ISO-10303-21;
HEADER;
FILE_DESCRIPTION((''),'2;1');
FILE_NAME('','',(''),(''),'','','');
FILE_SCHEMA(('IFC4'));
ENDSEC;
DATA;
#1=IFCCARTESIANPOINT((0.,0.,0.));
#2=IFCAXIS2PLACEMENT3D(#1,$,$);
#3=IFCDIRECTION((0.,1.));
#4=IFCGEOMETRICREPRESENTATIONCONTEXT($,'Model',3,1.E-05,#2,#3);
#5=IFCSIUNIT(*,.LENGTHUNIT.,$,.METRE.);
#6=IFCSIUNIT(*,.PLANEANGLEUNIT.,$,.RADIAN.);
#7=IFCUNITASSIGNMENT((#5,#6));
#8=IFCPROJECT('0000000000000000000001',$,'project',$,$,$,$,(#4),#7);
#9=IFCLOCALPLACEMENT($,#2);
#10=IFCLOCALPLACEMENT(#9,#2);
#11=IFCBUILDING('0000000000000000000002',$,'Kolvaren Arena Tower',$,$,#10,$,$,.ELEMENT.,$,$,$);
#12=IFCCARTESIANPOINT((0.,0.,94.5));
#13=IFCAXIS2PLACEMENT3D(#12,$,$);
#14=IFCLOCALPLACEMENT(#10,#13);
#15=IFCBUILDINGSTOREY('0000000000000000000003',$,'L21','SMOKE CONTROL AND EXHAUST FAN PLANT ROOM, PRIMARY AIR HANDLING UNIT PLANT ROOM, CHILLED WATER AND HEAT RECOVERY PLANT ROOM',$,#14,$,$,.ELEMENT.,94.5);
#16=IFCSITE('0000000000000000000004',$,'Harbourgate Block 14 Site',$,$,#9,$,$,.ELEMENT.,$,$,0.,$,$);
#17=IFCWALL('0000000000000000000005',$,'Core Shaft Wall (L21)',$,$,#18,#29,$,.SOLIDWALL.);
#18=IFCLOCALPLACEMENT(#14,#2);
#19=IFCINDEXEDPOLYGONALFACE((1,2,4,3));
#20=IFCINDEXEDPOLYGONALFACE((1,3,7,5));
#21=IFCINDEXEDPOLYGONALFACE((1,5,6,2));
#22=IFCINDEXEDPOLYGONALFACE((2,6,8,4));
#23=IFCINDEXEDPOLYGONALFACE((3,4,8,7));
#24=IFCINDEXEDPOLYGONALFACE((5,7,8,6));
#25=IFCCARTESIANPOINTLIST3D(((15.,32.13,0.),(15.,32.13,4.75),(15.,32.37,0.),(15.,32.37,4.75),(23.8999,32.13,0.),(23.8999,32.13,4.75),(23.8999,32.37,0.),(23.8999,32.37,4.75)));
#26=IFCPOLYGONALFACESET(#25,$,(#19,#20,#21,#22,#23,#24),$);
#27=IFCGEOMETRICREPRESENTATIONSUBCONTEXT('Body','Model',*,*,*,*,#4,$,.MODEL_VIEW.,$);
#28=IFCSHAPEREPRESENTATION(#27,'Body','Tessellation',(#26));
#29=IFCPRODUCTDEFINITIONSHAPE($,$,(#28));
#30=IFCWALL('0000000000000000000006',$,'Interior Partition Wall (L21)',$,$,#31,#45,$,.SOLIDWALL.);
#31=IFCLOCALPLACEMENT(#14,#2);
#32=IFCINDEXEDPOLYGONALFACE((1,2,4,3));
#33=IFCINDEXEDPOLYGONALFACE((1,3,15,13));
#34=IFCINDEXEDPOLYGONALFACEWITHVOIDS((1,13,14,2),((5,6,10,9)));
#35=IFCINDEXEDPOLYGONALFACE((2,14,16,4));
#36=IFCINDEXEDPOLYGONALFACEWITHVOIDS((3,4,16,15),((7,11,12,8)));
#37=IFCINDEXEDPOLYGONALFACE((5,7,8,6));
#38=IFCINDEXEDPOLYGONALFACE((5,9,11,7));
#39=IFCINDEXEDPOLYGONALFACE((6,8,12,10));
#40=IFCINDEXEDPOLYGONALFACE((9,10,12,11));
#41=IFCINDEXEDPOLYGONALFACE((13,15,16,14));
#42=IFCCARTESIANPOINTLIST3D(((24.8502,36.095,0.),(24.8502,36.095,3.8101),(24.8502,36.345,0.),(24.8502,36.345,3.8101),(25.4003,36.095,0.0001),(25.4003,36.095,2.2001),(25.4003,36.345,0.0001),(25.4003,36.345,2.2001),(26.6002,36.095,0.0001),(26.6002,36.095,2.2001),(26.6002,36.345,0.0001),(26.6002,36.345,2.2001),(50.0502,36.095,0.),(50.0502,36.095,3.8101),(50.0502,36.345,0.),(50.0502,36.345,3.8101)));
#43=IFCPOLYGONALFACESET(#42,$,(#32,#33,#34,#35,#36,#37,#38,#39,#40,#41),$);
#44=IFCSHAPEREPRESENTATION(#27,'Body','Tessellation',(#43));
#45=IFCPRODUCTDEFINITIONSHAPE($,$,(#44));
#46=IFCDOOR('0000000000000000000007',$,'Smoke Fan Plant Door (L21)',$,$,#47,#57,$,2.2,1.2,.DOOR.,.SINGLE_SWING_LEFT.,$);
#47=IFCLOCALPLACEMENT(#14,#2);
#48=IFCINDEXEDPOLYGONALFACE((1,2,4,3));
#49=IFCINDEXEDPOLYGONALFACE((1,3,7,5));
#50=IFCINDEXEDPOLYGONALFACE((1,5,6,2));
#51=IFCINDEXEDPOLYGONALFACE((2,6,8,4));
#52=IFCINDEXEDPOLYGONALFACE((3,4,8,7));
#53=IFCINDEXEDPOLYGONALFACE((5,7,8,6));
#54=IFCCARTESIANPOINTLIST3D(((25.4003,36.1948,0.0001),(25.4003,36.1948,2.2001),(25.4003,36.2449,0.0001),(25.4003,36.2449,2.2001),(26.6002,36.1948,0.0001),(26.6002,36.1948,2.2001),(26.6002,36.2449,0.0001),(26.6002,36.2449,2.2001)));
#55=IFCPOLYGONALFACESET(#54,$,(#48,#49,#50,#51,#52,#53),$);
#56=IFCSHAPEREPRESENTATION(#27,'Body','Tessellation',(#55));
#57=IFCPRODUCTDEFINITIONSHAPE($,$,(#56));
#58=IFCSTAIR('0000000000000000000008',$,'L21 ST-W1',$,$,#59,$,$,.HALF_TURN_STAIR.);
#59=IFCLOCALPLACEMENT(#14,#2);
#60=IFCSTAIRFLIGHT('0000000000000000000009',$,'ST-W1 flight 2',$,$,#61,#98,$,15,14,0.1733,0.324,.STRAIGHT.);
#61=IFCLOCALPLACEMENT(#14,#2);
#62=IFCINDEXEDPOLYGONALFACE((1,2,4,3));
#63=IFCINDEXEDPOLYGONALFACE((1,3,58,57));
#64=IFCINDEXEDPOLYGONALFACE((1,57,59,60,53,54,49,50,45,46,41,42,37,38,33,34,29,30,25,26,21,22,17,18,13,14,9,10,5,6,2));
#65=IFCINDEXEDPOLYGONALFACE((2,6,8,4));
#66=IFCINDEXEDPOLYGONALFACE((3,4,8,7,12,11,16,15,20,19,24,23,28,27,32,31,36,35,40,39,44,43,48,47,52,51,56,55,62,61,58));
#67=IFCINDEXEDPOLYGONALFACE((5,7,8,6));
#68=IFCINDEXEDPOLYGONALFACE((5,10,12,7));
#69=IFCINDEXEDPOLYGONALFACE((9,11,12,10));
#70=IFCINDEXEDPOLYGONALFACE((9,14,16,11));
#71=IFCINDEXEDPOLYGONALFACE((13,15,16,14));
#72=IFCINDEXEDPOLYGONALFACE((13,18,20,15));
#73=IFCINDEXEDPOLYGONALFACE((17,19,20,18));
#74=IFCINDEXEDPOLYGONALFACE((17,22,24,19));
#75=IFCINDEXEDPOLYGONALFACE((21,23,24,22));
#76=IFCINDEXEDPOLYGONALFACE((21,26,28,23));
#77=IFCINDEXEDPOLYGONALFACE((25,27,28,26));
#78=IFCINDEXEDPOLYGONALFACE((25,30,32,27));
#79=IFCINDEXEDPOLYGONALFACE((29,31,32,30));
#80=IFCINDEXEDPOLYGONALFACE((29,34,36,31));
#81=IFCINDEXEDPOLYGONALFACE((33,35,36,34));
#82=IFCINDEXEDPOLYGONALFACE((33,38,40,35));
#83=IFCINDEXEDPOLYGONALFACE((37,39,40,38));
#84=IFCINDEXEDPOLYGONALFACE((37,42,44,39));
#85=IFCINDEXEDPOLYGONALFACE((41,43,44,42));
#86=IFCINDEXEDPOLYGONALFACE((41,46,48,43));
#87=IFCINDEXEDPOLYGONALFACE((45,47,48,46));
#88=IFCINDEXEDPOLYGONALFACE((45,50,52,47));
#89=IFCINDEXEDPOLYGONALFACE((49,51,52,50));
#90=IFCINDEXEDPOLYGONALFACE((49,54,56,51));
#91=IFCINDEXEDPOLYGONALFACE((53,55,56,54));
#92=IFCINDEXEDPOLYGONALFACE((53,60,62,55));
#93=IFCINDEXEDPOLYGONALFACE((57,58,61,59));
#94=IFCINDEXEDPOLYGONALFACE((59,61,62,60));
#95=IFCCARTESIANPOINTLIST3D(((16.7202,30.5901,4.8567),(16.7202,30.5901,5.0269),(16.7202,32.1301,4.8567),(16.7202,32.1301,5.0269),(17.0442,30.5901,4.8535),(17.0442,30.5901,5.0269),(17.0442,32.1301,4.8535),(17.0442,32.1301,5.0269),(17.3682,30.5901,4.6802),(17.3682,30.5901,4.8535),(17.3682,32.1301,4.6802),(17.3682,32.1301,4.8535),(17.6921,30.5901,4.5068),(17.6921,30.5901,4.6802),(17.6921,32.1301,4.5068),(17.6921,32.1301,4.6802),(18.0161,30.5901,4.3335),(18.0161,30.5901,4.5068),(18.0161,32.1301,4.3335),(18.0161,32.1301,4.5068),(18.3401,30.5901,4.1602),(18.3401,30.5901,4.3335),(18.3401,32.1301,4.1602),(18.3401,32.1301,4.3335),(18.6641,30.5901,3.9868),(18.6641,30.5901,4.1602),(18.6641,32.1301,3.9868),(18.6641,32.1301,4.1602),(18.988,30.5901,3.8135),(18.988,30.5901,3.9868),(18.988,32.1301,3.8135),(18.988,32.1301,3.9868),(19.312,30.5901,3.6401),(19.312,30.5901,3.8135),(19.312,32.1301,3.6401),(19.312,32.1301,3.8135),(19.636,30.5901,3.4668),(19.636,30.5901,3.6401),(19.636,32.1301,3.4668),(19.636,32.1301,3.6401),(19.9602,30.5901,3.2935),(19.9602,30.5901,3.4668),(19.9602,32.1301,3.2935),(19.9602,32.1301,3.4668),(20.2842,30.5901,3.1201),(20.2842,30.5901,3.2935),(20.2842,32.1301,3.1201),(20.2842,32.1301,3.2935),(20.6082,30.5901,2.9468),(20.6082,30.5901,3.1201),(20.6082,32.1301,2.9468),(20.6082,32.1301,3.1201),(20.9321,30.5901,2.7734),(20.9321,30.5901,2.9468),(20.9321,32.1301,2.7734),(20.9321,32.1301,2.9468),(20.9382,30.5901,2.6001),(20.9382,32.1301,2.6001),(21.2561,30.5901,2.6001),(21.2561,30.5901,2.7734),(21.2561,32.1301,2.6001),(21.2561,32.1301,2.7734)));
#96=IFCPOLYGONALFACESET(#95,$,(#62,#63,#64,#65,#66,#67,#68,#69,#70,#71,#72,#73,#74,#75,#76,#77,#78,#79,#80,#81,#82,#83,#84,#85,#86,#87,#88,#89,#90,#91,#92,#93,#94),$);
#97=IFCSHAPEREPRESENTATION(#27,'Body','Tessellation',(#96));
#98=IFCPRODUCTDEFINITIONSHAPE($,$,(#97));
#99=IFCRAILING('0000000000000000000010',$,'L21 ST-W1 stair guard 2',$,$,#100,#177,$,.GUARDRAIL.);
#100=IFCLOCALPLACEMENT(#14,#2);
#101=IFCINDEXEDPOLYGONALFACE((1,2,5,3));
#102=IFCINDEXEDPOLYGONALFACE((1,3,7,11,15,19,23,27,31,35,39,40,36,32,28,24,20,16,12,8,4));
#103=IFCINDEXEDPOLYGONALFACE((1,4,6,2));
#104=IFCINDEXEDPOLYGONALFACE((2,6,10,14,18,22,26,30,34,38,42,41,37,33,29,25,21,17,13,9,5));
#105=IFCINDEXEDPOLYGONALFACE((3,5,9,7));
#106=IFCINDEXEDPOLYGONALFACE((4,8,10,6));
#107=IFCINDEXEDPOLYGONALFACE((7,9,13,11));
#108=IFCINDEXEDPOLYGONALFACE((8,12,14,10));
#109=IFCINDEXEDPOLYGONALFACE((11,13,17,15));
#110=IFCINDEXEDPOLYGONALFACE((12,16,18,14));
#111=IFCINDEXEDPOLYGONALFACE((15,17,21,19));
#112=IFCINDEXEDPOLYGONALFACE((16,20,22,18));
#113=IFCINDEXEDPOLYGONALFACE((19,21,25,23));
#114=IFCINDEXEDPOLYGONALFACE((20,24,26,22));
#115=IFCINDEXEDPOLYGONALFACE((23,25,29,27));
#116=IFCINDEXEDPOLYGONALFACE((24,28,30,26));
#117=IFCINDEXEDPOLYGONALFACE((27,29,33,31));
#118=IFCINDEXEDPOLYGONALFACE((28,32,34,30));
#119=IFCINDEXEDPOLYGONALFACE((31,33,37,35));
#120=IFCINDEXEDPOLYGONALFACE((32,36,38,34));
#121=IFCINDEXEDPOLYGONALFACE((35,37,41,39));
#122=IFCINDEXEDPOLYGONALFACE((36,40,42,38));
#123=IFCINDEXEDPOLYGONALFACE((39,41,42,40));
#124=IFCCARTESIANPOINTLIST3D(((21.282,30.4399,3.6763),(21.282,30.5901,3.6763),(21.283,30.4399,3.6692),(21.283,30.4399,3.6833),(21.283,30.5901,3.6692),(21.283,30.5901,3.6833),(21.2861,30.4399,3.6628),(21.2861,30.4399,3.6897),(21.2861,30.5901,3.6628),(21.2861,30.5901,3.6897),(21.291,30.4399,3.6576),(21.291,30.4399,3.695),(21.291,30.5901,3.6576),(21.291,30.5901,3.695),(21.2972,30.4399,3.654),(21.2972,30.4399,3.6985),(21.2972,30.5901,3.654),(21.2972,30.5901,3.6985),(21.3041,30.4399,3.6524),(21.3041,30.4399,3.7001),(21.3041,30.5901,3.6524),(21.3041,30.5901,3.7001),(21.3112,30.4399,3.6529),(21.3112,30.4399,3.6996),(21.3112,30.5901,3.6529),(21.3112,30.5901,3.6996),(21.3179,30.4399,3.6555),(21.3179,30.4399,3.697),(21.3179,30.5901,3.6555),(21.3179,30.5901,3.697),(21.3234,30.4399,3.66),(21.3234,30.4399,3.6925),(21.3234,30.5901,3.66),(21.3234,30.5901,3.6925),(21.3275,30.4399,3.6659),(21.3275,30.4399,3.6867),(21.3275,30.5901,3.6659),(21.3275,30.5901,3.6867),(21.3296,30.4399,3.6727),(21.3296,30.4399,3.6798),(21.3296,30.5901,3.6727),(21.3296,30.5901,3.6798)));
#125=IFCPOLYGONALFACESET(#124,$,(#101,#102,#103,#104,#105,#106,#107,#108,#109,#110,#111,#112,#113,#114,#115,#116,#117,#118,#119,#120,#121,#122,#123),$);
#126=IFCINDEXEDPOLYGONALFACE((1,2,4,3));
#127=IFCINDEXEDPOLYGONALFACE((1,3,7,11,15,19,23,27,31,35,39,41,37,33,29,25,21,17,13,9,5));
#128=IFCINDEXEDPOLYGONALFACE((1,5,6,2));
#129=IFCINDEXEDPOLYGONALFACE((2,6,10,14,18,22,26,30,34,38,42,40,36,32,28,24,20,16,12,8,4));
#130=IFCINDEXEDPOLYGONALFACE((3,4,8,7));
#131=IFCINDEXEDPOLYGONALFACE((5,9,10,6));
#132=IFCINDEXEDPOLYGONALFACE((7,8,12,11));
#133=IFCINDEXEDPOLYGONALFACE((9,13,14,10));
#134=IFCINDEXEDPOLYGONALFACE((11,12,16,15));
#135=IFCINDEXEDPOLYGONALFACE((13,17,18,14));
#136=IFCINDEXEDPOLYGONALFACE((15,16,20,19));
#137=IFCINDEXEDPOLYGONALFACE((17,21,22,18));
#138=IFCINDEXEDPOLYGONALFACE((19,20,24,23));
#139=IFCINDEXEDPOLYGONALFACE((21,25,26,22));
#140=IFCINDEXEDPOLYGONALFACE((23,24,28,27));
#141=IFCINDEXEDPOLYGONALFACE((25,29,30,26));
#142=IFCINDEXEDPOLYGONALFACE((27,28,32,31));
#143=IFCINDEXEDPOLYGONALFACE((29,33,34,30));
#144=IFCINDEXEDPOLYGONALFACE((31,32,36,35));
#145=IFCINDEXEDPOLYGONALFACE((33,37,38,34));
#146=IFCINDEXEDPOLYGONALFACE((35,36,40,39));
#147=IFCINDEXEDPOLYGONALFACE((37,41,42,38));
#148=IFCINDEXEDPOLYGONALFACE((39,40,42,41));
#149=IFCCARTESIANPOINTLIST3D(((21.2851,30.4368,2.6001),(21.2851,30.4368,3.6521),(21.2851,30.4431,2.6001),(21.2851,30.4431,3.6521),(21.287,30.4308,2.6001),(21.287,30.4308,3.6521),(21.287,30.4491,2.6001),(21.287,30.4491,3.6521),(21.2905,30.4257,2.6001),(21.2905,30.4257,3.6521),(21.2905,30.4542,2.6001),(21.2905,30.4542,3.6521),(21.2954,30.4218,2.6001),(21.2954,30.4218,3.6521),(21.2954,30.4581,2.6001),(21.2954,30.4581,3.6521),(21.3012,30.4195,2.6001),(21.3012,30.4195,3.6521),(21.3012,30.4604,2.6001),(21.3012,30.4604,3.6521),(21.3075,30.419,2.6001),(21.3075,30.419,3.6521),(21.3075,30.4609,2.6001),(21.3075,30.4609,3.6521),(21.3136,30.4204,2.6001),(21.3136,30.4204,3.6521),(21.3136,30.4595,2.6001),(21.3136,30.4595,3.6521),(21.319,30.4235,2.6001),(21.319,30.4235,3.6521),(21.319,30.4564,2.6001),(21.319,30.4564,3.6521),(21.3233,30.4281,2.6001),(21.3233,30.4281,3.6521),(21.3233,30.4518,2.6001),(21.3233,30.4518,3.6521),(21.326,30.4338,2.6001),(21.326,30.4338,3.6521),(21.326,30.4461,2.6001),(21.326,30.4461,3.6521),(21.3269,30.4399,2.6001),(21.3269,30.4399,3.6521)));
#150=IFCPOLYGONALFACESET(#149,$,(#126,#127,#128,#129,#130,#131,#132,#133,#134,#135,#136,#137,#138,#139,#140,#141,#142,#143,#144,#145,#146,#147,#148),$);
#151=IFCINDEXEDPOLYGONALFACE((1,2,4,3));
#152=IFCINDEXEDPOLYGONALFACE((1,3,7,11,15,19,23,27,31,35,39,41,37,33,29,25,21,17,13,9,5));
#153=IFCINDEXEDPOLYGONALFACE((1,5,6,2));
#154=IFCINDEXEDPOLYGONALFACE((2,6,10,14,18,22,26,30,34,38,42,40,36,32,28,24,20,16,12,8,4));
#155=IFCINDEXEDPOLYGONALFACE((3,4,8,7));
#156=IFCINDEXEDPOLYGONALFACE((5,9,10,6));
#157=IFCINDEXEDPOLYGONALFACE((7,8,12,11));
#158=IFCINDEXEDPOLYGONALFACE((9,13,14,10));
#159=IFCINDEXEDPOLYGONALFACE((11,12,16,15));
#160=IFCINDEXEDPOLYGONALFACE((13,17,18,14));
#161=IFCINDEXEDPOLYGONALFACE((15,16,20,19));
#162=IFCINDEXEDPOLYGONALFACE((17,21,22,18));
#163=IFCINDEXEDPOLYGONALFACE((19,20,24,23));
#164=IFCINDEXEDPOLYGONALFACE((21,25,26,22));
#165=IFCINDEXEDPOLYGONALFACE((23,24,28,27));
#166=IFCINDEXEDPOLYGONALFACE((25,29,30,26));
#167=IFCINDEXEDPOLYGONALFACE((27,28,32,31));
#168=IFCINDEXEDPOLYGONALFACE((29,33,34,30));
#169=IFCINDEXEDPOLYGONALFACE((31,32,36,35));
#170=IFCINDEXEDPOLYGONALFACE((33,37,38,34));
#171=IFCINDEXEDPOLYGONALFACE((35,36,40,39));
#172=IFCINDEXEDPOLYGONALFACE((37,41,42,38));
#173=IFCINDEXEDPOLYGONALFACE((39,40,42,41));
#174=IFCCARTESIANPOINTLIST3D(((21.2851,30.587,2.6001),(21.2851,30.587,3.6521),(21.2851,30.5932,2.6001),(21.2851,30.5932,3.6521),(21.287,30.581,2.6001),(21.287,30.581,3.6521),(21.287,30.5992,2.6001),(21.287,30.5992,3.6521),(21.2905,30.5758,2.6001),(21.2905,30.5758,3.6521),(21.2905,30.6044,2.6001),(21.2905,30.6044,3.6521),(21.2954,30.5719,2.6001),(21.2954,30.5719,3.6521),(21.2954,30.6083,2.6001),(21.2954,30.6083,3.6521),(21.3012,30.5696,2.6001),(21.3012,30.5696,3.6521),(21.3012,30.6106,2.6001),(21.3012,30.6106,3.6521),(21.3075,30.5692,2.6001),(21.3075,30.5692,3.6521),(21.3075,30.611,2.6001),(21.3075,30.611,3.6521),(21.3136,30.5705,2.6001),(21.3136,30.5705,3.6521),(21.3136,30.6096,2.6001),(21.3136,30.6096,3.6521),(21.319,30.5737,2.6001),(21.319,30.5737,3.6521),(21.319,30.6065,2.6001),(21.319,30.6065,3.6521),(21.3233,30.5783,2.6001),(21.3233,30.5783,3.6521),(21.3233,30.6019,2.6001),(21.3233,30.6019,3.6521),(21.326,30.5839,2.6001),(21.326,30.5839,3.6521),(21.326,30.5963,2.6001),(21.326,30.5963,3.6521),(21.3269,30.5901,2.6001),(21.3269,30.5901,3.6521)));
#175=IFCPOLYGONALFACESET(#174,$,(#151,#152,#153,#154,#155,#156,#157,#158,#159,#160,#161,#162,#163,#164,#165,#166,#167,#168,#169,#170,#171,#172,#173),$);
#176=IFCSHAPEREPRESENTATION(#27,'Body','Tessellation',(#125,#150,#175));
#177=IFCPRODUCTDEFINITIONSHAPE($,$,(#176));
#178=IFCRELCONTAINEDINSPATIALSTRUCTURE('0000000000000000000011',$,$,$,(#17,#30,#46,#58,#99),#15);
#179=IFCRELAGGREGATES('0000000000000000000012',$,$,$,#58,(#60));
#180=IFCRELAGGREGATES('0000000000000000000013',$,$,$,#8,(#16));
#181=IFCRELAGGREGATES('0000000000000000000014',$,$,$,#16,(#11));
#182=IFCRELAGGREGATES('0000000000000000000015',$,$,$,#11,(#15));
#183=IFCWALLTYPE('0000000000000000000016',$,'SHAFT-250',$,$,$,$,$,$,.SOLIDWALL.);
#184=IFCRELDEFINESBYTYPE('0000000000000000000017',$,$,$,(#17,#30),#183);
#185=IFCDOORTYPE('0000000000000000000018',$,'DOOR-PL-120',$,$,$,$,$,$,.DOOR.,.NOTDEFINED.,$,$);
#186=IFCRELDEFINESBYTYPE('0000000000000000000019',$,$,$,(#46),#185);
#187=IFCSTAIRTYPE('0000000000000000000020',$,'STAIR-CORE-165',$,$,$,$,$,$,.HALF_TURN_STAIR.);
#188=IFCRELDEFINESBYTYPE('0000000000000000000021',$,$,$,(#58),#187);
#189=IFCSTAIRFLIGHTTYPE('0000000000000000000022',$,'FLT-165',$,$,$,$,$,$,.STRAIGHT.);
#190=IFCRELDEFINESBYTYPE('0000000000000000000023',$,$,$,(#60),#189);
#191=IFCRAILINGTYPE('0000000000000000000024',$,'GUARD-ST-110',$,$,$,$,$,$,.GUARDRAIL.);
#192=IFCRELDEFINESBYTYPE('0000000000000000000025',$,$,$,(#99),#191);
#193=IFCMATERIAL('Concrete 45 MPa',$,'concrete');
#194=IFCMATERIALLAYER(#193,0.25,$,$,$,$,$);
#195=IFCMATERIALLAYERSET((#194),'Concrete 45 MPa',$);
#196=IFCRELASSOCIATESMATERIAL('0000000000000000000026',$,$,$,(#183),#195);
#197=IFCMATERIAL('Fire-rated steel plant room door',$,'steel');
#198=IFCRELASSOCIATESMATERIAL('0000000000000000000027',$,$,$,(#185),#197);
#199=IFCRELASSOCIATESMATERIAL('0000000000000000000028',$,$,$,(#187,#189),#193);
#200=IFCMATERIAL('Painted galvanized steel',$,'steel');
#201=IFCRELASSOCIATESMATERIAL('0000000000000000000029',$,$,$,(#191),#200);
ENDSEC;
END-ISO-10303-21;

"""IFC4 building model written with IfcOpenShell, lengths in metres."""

from ifc_helpers import new_model, si_unit, direction, frame, frame_2d, origin, origin_2d, place, context, subcontext, project, spatial, polyline, rectangle, circle, outline, extrude, material, layer, layer_set, type_object, element, fill, aggregate, save


model = new_model("IFC4")

# Units and contexts
model_context = context("Model", 3, precision=1e-05, world=origin(), true_north=direction((0.0, 1.0)))
body_context = subcontext(model_context, "Body", "Model", "MODEL_VIEW")
ifc_project = project(units=[si_unit("LENGTHUNIT", "METRE"), si_unit("PLANEANGLEUNIT", "RADIAN")], contexts=[model_context])

# Site, building, storey
site_placement = place(None, origin())
site = spatial("IfcSite", under=ifc_project, at=site_placement, Name="Harbourgate Block 14 Site", CompositionType="ELEMENT", RefElevation=0.0)
building_placement = place(site_placement, origin())
building = spatial("IfcBuilding", under=site, at=building_placement, Name="Kolvaren Arena Tower", CompositionType="ELEMENT")
storey_placement = place(building_placement, frame((0.0, 0.0, 94.5)))
storey = spatial("IfcBuildingStorey", under=building, at=storey_placement, Name="L21", Description="SMOKE CONTROL AND EXHAUST FAN PLANT ROOM, PRIMARY AIR HANDLING UNIT PLANT ROOM, CHILLED WATER AND HEAT RECOVERY PLANT ROOM", CompositionType="ELEMENT", Elevation=94.5)

# Wall
ifc_material_1 = material(Name="Concrete 45 MPa", Category="concrete")
ifc_layer_1 = layer(ifc_material_1, 0.25)
ifc_layer_set_1 = layer_set([ifc_layer_1], Name="Concrete 45 MPa")
wall_type_1 = type_object("IfcWallType", Name="SHAFT-250", PredefinedType="SOLIDWALL", material=ifc_layer_set_1)
wall_1_placement = place(storey_placement, frame((15.0, 32.25, 0.0), z_axis=(0.0, 0.0, 1.0), x_axis=(1.0, 0.0, 0.0)))
element("IfcWall", 1, at=wall_1_placement, inside=storey, type_object=wall_type_1, Name="Core Shaft Wall (L21)", PredefinedType="SOLIDWALL", context=body_context, shape_type="SweptSolid", body=[
    extrude(rectangle(XDim=8.8999, YDim=0.24, at=frame_2d((4.45, 0.0))), origin(), (0.0, 0.0, 1.0), 4.75),
])

# Wall, opening, door
wall_2_placement = place(storey_placement, frame((24.8501, 36.22, 0.0), z_axis=(0.0, 0.0, 1.0), x_axis=(1.0, 0.0, 0.0)))
wall_2 = element("IfcWall", 2, at=wall_2_placement, inside=storey, type_object=wall_type_1, Name="Interior Partition Wall (L21)", PredefinedType="SOLIDWALL", context=body_context, shape_type="SweptSolid", body=[
    extrude(rectangle(XDim=25.2, YDim=0.25, at=frame_2d((12.6001, 0.0))), origin(), (0.0, 0.0, 1.0), 3.8101),
])
opening_placement = place(wall_2_placement, frame((0.55, 0.0, 0.0)))
opening = element("IfcOpeningElement", 3, at=opening_placement, cuts=wall_2, PredefinedType="OPENING", context=body_context, shape_type="SweptSolid", body=[
    extrude(rectangle(XDim=1.2, YDim=2.2, at=frame_2d((0.6001, 1.1001))), frame((0.0, 0.135, 0.0), z_axis=(0.0, -1.0, 0.0), x_axis=(1.0, 0.0, 0.0)), (0.0, 0.0, 1.0), 0.27),
])
ifc_material_2 = material(Name="Fire-rated steel plant room door", Category="steel")
door_type = type_object("IfcDoorType", Name="DOOR-PL-120", OperationType="NOTDEFINED", PredefinedType="DOOR", material=ifc_material_2)
door_placement = place(opening_placement, origin())
door = element("IfcDoor", 4, at=door_placement, inside=storey, type_object=door_type, Name="Smoke Fan Plant Door (L21)", OperationType="SINGLE_SWING_LEFT", OverallHeight=2.2, OverallWidth=1.2, PredefinedType="DOOR", context=body_context, shape_type="SweptSolid", body=[
    extrude(rectangle(XDim=1.2, YDim=2.2, at=frame_2d((0.6001, 1.1001))), frame((0.0, 0.0249, 0.0), z_axis=(0.0, -1.0, 0.0), x_axis=(1.0, 0.0, 0.0)), (0.0, 0.0, 1.0), 0.05),
])
fill(opening, door)

# Stair, stair flight
stair_type = type_object("IfcStairType", Name="STAIR-CORE-165", PredefinedType="HALF_TURN_STAIR", material=ifc_material_1)
stair_placement = place(storey_placement, origin())
stair = element("IfcStair", 5, at=stair_placement, inside=storey, type_object=stair_type, Name="L21 ST-W1", PredefinedType="HALF_TURN_STAIR")
stair_flight_type = type_object("IfcStairFlightType", Name="FLT-165", PredefinedType="STRAIGHT", material=ifc_material_1)
stair_flight_placement = place(storey_placement, frame((21.2561, 31.3601, 2.6001), z_axis=(0.0, 0.0, 1.0), x_axis=(-1.0, 0.0, 0.0)))
stair_flight = element("IfcStairFlight", 6, at=stair_flight_placement, type_object=stair_flight_type, Name="ST-W1 flight 2", NumberOfRisers=15, NumberOfTreads=14, PredefinedType="STRAIGHT", RiserHeight=0.1733, TreadLength=0.324, context=body_context, shape_type="SweptSolid", body=[
    extrude(outline(polyline([(0.0, 0.0), (0.0, 0.1733), (0.324, 0.1733), (0.324, 0.3467), (0.6479, 0.3467), (0.6479, 0.52), (0.9719, 0.52), (0.9719, 0.6934), (1.2959, 0.6934), (1.2959, 0.8667), (1.6201, 0.8667), (1.6201, 1.04), (1.9441, 1.04), (1.9441, 1.2134), (2.2681, 1.2134), (2.2681, 1.3867), (2.592, 1.3867), (2.592, 1.5601), (2.916, 1.5601), (2.916, 1.7334), (3.24, 1.7334), (3.24, 1.9067), (3.564, 1.9067), (3.564, 2.0801), (3.8879, 2.0801), (3.8879, 2.2534), (4.2119, 2.2534), (4.2119, 2.4268), (4.5359, 2.4268), (4.5359, 2.6001), (4.5359, 2.2566), (0.3179, 0.0), (0.0, 0.0)])), frame((0.0, 0.77, 0.0), z_axis=(0.0, -1.0, 0.0), x_axis=(1.0, 0.0, 0.0)), (0.0, 0.0, 1.0), 1.54),
])
aggregate(stair, [stair_flight])

# Railing
ifc_material_3 = material(Name="Painted galvanized steel", Category="steel")
railing_type_1 = type_object("IfcRailingType", Name="GUARD-ST-110", PredefinedType="GUARDRAIL", material=ifc_material_3)
railing_1_placement = place(storey_placement, frame((21.3059, 30.4399, 2.6001)))
element("IfcRailing", 7, at=railing_1_placement, inside=storey, type_object=railing_type_1, Name="L21 ST-W1 stair guard 2", PredefinedType="GUARDRAIL", context=body_context, shape_type="SweptSolid", body=[
    extrude(circle(Radius=0.0239, at=origin_2d()), frame((0.0, 0.0, 1.0762), z_axis=(0.0, 1.0, 0.0), x_axis=(-1.0, 0.0, 0.0)), (0.0, 0.0, 1.0), 0.1501),
    extrude(circle(Radius=0.021, at=origin_2d()), origin(), (0.0, 0.0, 1.0), 1.052),
    extrude(circle(Radius=0.021, at=origin_2d()), frame((0.0, 0.1501, 0.0)), (0.0, 0.0, 1.0), 1.052),
])

save(model, "model.ifc")
